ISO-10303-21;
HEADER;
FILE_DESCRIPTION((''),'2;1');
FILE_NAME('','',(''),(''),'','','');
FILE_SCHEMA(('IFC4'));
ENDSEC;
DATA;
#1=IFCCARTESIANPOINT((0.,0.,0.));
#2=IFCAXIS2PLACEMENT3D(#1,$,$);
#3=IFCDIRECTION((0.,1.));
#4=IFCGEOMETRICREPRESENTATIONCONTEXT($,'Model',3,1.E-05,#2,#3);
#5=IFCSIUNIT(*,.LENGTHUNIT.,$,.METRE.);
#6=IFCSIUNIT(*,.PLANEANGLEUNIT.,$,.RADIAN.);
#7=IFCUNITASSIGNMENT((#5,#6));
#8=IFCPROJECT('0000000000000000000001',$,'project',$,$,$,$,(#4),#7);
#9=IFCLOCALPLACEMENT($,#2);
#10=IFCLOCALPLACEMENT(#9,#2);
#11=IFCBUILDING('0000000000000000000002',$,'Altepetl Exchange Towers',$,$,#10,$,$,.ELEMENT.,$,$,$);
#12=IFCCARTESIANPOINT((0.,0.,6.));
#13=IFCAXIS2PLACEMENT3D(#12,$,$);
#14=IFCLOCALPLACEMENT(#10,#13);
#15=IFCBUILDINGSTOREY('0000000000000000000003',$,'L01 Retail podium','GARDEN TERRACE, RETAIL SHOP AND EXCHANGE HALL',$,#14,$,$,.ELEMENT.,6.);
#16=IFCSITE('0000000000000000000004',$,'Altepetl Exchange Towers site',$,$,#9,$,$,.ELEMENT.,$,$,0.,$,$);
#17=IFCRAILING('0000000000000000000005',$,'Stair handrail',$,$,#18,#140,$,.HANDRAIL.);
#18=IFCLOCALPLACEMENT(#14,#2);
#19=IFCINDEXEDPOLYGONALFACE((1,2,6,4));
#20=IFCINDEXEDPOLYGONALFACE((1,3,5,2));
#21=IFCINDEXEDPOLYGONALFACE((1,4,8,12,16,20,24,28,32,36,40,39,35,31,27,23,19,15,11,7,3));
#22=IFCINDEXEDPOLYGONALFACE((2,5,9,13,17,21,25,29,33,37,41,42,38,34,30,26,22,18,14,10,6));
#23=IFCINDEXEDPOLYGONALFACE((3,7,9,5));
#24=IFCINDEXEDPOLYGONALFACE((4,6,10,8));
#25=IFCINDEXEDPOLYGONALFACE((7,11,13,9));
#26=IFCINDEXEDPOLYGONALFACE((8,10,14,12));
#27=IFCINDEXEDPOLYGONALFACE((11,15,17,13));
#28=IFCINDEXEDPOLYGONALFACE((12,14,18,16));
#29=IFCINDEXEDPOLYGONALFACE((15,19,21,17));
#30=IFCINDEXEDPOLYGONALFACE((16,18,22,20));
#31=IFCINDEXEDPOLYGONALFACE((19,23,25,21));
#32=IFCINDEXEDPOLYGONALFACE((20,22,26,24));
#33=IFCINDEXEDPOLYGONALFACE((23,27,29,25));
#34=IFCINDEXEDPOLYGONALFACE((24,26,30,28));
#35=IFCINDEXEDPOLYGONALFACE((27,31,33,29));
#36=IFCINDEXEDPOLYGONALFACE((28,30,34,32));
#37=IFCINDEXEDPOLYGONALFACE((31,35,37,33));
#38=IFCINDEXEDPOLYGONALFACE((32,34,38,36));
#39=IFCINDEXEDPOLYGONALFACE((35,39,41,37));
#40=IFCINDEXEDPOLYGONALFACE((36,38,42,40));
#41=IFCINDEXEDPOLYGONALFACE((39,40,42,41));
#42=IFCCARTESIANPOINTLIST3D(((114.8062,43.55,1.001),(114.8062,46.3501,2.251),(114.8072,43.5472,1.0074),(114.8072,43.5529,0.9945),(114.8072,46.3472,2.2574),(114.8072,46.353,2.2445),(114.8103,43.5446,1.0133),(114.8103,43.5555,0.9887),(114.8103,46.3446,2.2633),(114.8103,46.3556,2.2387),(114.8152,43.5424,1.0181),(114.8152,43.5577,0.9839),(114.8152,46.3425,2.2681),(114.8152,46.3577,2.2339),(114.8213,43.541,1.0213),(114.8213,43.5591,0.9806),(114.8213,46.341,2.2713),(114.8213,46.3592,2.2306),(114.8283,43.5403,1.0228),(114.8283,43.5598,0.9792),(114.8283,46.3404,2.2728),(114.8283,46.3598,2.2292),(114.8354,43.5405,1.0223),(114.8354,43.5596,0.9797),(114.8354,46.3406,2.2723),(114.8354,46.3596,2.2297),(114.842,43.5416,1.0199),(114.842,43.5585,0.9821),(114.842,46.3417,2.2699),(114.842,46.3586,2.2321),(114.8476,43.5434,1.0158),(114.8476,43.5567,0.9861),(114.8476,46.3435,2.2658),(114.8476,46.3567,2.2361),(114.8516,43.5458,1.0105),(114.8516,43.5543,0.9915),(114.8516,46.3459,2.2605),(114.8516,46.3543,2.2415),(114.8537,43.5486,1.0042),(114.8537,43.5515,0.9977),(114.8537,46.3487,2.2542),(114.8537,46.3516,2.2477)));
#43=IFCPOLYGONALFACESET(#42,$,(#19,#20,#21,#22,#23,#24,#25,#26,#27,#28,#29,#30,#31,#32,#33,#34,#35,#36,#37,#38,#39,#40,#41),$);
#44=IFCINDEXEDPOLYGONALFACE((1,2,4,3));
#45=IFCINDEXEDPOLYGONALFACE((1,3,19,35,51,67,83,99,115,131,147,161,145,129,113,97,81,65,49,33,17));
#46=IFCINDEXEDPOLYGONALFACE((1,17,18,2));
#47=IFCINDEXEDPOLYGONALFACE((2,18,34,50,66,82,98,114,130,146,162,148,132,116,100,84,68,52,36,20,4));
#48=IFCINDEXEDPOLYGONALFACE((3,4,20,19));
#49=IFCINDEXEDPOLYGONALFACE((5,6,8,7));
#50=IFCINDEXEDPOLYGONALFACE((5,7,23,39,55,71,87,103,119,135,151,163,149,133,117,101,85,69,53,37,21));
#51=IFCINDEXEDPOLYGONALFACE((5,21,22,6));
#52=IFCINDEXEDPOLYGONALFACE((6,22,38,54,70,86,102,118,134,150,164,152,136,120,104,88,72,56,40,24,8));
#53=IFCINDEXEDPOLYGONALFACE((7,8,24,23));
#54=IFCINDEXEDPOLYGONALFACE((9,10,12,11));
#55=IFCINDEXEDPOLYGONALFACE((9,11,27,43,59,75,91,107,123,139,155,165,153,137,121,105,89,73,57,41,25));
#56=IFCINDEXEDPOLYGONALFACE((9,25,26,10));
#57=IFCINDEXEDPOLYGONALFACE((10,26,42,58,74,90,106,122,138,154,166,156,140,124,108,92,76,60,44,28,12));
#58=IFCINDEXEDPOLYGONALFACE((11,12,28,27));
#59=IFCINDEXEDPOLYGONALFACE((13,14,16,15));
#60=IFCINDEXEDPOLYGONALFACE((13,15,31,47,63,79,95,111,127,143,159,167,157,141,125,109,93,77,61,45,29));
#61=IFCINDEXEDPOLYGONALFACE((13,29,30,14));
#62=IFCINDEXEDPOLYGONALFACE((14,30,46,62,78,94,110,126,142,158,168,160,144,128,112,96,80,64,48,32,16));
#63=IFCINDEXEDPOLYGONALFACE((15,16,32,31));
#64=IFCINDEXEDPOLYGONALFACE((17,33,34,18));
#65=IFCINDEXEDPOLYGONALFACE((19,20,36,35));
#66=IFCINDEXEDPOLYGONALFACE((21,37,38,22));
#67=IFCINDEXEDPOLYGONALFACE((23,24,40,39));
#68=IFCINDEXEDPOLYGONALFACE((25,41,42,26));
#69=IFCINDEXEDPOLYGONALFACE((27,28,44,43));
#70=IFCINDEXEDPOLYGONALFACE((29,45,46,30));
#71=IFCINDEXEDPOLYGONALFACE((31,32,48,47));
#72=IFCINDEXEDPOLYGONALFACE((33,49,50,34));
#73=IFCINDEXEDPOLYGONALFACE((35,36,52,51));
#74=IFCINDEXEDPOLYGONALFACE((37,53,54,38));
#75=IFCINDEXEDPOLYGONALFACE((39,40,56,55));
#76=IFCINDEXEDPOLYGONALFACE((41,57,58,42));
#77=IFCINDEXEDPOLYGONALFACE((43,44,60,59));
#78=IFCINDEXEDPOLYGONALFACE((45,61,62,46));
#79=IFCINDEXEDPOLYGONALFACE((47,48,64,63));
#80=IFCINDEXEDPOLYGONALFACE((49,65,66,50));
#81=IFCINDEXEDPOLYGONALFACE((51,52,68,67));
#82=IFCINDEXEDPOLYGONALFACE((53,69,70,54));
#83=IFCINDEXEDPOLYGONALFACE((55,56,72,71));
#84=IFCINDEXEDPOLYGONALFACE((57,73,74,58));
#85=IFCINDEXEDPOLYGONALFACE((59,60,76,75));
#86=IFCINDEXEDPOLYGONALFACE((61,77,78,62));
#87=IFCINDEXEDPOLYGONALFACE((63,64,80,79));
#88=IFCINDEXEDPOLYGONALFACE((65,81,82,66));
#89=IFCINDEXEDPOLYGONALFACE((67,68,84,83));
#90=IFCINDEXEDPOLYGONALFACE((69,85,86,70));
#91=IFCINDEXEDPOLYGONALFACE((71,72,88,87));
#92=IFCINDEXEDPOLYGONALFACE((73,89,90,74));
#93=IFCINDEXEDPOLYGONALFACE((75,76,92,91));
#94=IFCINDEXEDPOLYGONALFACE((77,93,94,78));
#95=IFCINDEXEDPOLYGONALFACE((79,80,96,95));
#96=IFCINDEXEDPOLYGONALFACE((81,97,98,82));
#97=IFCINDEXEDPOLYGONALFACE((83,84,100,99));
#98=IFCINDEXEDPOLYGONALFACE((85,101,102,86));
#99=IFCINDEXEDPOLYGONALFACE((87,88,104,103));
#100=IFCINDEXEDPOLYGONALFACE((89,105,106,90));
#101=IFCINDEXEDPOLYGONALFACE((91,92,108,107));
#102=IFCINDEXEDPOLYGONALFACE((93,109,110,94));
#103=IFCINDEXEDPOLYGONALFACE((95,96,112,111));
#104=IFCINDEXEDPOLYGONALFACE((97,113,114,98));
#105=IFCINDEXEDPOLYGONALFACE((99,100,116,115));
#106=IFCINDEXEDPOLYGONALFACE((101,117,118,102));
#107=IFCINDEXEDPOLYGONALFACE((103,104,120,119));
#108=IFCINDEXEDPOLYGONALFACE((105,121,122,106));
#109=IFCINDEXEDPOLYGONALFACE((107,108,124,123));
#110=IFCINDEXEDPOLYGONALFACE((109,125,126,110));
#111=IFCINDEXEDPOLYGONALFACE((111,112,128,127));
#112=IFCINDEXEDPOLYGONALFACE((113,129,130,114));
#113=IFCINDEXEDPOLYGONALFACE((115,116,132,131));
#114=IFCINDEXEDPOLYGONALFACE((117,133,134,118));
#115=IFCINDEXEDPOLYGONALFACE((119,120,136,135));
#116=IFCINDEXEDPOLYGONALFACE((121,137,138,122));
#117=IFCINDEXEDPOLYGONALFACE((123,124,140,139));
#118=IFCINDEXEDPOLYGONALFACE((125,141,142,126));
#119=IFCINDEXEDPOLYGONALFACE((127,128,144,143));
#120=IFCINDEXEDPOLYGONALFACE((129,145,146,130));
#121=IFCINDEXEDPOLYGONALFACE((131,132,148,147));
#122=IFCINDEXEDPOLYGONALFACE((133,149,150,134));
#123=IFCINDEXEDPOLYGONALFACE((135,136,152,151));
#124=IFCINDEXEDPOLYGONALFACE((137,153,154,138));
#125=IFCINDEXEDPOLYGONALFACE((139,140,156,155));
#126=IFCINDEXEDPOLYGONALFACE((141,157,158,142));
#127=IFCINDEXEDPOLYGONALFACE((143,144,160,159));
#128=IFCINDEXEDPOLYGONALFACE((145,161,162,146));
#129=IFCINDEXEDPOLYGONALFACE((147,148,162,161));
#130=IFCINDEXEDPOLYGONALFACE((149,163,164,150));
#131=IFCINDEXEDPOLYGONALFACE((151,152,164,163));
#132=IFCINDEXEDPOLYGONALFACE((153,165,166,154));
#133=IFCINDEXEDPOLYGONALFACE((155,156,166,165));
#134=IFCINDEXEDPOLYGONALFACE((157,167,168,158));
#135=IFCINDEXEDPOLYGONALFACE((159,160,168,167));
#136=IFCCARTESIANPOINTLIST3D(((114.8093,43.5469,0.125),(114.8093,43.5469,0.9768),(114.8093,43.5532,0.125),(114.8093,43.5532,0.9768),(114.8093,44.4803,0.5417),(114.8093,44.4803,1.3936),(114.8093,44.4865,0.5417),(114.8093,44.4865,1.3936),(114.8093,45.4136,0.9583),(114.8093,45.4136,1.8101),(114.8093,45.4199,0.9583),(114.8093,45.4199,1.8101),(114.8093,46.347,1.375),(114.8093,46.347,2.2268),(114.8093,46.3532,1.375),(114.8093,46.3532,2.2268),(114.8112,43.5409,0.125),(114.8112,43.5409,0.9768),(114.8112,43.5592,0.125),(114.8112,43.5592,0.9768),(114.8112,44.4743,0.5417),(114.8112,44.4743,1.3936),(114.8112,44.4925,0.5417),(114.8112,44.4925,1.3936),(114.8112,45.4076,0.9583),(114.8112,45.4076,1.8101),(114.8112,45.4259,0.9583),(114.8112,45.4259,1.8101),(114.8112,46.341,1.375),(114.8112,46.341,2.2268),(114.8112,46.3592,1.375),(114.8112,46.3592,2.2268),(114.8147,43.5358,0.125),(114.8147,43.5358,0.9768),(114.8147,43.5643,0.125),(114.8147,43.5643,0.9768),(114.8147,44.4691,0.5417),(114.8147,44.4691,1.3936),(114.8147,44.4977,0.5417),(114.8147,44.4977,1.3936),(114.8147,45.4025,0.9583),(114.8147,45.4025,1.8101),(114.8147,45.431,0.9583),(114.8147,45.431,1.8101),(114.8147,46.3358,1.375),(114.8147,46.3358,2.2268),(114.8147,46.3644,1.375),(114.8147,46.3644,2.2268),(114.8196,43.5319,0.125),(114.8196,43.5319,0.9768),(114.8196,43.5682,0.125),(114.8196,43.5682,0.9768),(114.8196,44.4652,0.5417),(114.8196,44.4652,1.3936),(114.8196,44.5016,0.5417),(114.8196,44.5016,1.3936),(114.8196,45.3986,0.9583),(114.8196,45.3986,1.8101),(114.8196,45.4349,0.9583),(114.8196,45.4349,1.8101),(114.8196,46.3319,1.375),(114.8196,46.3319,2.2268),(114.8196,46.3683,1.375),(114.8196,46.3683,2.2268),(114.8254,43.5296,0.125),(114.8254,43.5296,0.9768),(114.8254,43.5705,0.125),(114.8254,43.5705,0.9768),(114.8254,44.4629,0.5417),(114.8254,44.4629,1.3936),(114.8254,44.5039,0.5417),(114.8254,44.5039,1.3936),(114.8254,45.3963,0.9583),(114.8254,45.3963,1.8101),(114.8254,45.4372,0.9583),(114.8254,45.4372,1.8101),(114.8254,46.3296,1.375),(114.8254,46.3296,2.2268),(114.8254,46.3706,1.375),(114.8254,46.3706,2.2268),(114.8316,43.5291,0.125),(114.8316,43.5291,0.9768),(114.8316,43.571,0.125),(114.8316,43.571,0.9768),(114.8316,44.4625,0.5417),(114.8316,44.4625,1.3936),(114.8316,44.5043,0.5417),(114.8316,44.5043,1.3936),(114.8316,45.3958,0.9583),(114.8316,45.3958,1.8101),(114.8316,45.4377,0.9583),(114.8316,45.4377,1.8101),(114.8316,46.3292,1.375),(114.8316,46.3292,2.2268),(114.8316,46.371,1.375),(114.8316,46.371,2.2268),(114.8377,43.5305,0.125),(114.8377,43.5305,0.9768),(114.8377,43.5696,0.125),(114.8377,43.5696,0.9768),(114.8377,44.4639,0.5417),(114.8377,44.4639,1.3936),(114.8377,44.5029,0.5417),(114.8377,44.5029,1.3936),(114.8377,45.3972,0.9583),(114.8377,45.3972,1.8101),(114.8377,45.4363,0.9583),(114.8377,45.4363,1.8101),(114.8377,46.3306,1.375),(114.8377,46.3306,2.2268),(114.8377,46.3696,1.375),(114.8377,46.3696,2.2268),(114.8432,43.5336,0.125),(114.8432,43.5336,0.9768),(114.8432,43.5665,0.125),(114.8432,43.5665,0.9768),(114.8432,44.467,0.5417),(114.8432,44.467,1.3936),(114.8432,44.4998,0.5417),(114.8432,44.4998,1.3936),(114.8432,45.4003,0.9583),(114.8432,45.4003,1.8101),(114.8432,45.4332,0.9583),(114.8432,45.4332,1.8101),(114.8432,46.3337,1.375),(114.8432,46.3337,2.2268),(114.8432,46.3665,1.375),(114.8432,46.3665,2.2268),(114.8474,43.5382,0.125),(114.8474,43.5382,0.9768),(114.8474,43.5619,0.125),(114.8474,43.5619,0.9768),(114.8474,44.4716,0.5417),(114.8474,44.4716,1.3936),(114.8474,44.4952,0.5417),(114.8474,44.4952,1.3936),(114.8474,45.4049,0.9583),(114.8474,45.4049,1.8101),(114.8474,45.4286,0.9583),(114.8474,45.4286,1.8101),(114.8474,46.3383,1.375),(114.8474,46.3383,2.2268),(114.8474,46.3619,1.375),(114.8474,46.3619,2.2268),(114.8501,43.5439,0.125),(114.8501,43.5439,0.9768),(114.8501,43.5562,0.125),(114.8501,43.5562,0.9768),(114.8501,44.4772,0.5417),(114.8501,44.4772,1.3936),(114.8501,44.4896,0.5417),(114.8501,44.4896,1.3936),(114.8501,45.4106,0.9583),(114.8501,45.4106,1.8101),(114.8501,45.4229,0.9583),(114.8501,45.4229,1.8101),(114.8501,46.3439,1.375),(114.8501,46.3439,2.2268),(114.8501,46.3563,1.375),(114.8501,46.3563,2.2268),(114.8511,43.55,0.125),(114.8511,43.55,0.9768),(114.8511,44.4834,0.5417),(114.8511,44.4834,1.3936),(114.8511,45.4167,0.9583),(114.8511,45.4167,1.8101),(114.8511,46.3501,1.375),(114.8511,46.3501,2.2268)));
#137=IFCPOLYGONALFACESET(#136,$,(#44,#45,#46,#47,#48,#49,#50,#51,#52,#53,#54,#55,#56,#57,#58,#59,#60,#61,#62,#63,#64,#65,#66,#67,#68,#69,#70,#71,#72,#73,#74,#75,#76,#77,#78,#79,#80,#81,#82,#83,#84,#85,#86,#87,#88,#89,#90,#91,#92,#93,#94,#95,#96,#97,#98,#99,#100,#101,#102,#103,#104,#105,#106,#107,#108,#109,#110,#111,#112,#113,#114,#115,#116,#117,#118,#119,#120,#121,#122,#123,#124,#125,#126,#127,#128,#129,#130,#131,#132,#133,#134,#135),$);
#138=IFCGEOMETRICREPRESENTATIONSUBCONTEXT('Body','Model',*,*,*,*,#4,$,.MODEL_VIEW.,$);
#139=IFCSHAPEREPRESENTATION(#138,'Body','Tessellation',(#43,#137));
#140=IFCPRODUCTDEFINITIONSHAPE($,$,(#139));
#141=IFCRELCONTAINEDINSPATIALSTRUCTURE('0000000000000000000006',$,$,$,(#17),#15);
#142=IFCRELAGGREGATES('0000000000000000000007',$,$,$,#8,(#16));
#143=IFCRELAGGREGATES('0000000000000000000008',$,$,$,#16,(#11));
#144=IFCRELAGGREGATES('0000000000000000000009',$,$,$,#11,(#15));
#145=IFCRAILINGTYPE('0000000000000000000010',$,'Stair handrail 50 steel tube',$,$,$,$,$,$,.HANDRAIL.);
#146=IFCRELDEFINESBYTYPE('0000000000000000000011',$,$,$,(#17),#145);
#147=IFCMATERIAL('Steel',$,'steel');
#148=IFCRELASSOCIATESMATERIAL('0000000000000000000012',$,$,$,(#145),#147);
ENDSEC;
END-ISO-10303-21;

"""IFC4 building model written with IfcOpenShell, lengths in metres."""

from ifc_helpers import new_model, si_unit, direction, frame, origin, origin_2d, place, context, subcontext, project, spatial, circle, extrude, source, transform, mapped, material, type_object, element, save


model = new_model("IFC4")

# Units and contexts
model_context = context("Model", 3, precision=1e-05, world=origin(), true_north=direction((0.0, 1.0)))
body_context = subcontext(model_context, "Body", "Model", "MODEL_VIEW")
ifc_project = project(units=[si_unit("LENGTHUNIT", "METRE"), si_unit("PLANEANGLEUNIT", "RADIAN")], contexts=[model_context])

# Site, building, storey
site_placement = place(None, origin())
site = spatial("IfcSite", under=ifc_project, at=site_placement, Name="Altepetl Exchange Towers site", CompositionType="ELEMENT", RefElevation=0.0)
building_placement = place(site_placement, origin())
building = spatial("IfcBuilding", under=site, at=building_placement, Name="Altepetl Exchange Towers", CompositionType="ELEMENT")
storey_placement = place(building_placement, frame((0.0, 0.0, 6.0)))
storey = spatial("IfcBuildingStorey", under=building, at=storey_placement, Name="L01 Retail podium", Description="GARDEN TERRACE, RETAIL SHOP AND EXCHANGE HALL", CompositionType="ELEMENT", Elevation=6.0)

# Railing
ifc_material_1 = material(Name="Steel", Category="steel")
railing_type = type_object("IfcRailingType", Name="Stair handrail 50 steel tube", PredefinedType="HANDRAIL", material=ifc_material_1)
shared_shape = source(origin(), body_context, "Body", "SweptSolid", [
    extrude(circle(Radius=0.021, at=origin_2d()), origin(), (0.0, 0.0, 1.0), 0.8518),
])
for number, where, name in (
    (1, (114.8301, 43.55, 0.125), "Stair handrail"),
):
    element("IfcRailing", number, at=place(storey_placement, frame(where)), inside=storey, type_object=railing_type, Name=name, PredefinedType="HANDRAIL", context=body_context, shape_type="SweptSolid", body=[
        extrude(circle(Radius=0.0239, at=origin_2d()), frame((0.0, 0.0, 0.876), z_axis=(0.0, 0.913141, 0.407645), x_axis=(-1.0, 0.0, 0.0)), (0.0, 0.0, 1.0), 3.0664),
        mapped(shared_shape, transform((0.0, 0.0, 0.0))),
        mapped(shared_shape, transform((0.0, 0.9333, 0.4167))),
        mapped(shared_shape, transform((0.0, 1.8667, 0.8333))),
        mapped(shared_shape, transform((0.0, 2.8, 1.25))),
    ])

save(model, "model.ifc")
